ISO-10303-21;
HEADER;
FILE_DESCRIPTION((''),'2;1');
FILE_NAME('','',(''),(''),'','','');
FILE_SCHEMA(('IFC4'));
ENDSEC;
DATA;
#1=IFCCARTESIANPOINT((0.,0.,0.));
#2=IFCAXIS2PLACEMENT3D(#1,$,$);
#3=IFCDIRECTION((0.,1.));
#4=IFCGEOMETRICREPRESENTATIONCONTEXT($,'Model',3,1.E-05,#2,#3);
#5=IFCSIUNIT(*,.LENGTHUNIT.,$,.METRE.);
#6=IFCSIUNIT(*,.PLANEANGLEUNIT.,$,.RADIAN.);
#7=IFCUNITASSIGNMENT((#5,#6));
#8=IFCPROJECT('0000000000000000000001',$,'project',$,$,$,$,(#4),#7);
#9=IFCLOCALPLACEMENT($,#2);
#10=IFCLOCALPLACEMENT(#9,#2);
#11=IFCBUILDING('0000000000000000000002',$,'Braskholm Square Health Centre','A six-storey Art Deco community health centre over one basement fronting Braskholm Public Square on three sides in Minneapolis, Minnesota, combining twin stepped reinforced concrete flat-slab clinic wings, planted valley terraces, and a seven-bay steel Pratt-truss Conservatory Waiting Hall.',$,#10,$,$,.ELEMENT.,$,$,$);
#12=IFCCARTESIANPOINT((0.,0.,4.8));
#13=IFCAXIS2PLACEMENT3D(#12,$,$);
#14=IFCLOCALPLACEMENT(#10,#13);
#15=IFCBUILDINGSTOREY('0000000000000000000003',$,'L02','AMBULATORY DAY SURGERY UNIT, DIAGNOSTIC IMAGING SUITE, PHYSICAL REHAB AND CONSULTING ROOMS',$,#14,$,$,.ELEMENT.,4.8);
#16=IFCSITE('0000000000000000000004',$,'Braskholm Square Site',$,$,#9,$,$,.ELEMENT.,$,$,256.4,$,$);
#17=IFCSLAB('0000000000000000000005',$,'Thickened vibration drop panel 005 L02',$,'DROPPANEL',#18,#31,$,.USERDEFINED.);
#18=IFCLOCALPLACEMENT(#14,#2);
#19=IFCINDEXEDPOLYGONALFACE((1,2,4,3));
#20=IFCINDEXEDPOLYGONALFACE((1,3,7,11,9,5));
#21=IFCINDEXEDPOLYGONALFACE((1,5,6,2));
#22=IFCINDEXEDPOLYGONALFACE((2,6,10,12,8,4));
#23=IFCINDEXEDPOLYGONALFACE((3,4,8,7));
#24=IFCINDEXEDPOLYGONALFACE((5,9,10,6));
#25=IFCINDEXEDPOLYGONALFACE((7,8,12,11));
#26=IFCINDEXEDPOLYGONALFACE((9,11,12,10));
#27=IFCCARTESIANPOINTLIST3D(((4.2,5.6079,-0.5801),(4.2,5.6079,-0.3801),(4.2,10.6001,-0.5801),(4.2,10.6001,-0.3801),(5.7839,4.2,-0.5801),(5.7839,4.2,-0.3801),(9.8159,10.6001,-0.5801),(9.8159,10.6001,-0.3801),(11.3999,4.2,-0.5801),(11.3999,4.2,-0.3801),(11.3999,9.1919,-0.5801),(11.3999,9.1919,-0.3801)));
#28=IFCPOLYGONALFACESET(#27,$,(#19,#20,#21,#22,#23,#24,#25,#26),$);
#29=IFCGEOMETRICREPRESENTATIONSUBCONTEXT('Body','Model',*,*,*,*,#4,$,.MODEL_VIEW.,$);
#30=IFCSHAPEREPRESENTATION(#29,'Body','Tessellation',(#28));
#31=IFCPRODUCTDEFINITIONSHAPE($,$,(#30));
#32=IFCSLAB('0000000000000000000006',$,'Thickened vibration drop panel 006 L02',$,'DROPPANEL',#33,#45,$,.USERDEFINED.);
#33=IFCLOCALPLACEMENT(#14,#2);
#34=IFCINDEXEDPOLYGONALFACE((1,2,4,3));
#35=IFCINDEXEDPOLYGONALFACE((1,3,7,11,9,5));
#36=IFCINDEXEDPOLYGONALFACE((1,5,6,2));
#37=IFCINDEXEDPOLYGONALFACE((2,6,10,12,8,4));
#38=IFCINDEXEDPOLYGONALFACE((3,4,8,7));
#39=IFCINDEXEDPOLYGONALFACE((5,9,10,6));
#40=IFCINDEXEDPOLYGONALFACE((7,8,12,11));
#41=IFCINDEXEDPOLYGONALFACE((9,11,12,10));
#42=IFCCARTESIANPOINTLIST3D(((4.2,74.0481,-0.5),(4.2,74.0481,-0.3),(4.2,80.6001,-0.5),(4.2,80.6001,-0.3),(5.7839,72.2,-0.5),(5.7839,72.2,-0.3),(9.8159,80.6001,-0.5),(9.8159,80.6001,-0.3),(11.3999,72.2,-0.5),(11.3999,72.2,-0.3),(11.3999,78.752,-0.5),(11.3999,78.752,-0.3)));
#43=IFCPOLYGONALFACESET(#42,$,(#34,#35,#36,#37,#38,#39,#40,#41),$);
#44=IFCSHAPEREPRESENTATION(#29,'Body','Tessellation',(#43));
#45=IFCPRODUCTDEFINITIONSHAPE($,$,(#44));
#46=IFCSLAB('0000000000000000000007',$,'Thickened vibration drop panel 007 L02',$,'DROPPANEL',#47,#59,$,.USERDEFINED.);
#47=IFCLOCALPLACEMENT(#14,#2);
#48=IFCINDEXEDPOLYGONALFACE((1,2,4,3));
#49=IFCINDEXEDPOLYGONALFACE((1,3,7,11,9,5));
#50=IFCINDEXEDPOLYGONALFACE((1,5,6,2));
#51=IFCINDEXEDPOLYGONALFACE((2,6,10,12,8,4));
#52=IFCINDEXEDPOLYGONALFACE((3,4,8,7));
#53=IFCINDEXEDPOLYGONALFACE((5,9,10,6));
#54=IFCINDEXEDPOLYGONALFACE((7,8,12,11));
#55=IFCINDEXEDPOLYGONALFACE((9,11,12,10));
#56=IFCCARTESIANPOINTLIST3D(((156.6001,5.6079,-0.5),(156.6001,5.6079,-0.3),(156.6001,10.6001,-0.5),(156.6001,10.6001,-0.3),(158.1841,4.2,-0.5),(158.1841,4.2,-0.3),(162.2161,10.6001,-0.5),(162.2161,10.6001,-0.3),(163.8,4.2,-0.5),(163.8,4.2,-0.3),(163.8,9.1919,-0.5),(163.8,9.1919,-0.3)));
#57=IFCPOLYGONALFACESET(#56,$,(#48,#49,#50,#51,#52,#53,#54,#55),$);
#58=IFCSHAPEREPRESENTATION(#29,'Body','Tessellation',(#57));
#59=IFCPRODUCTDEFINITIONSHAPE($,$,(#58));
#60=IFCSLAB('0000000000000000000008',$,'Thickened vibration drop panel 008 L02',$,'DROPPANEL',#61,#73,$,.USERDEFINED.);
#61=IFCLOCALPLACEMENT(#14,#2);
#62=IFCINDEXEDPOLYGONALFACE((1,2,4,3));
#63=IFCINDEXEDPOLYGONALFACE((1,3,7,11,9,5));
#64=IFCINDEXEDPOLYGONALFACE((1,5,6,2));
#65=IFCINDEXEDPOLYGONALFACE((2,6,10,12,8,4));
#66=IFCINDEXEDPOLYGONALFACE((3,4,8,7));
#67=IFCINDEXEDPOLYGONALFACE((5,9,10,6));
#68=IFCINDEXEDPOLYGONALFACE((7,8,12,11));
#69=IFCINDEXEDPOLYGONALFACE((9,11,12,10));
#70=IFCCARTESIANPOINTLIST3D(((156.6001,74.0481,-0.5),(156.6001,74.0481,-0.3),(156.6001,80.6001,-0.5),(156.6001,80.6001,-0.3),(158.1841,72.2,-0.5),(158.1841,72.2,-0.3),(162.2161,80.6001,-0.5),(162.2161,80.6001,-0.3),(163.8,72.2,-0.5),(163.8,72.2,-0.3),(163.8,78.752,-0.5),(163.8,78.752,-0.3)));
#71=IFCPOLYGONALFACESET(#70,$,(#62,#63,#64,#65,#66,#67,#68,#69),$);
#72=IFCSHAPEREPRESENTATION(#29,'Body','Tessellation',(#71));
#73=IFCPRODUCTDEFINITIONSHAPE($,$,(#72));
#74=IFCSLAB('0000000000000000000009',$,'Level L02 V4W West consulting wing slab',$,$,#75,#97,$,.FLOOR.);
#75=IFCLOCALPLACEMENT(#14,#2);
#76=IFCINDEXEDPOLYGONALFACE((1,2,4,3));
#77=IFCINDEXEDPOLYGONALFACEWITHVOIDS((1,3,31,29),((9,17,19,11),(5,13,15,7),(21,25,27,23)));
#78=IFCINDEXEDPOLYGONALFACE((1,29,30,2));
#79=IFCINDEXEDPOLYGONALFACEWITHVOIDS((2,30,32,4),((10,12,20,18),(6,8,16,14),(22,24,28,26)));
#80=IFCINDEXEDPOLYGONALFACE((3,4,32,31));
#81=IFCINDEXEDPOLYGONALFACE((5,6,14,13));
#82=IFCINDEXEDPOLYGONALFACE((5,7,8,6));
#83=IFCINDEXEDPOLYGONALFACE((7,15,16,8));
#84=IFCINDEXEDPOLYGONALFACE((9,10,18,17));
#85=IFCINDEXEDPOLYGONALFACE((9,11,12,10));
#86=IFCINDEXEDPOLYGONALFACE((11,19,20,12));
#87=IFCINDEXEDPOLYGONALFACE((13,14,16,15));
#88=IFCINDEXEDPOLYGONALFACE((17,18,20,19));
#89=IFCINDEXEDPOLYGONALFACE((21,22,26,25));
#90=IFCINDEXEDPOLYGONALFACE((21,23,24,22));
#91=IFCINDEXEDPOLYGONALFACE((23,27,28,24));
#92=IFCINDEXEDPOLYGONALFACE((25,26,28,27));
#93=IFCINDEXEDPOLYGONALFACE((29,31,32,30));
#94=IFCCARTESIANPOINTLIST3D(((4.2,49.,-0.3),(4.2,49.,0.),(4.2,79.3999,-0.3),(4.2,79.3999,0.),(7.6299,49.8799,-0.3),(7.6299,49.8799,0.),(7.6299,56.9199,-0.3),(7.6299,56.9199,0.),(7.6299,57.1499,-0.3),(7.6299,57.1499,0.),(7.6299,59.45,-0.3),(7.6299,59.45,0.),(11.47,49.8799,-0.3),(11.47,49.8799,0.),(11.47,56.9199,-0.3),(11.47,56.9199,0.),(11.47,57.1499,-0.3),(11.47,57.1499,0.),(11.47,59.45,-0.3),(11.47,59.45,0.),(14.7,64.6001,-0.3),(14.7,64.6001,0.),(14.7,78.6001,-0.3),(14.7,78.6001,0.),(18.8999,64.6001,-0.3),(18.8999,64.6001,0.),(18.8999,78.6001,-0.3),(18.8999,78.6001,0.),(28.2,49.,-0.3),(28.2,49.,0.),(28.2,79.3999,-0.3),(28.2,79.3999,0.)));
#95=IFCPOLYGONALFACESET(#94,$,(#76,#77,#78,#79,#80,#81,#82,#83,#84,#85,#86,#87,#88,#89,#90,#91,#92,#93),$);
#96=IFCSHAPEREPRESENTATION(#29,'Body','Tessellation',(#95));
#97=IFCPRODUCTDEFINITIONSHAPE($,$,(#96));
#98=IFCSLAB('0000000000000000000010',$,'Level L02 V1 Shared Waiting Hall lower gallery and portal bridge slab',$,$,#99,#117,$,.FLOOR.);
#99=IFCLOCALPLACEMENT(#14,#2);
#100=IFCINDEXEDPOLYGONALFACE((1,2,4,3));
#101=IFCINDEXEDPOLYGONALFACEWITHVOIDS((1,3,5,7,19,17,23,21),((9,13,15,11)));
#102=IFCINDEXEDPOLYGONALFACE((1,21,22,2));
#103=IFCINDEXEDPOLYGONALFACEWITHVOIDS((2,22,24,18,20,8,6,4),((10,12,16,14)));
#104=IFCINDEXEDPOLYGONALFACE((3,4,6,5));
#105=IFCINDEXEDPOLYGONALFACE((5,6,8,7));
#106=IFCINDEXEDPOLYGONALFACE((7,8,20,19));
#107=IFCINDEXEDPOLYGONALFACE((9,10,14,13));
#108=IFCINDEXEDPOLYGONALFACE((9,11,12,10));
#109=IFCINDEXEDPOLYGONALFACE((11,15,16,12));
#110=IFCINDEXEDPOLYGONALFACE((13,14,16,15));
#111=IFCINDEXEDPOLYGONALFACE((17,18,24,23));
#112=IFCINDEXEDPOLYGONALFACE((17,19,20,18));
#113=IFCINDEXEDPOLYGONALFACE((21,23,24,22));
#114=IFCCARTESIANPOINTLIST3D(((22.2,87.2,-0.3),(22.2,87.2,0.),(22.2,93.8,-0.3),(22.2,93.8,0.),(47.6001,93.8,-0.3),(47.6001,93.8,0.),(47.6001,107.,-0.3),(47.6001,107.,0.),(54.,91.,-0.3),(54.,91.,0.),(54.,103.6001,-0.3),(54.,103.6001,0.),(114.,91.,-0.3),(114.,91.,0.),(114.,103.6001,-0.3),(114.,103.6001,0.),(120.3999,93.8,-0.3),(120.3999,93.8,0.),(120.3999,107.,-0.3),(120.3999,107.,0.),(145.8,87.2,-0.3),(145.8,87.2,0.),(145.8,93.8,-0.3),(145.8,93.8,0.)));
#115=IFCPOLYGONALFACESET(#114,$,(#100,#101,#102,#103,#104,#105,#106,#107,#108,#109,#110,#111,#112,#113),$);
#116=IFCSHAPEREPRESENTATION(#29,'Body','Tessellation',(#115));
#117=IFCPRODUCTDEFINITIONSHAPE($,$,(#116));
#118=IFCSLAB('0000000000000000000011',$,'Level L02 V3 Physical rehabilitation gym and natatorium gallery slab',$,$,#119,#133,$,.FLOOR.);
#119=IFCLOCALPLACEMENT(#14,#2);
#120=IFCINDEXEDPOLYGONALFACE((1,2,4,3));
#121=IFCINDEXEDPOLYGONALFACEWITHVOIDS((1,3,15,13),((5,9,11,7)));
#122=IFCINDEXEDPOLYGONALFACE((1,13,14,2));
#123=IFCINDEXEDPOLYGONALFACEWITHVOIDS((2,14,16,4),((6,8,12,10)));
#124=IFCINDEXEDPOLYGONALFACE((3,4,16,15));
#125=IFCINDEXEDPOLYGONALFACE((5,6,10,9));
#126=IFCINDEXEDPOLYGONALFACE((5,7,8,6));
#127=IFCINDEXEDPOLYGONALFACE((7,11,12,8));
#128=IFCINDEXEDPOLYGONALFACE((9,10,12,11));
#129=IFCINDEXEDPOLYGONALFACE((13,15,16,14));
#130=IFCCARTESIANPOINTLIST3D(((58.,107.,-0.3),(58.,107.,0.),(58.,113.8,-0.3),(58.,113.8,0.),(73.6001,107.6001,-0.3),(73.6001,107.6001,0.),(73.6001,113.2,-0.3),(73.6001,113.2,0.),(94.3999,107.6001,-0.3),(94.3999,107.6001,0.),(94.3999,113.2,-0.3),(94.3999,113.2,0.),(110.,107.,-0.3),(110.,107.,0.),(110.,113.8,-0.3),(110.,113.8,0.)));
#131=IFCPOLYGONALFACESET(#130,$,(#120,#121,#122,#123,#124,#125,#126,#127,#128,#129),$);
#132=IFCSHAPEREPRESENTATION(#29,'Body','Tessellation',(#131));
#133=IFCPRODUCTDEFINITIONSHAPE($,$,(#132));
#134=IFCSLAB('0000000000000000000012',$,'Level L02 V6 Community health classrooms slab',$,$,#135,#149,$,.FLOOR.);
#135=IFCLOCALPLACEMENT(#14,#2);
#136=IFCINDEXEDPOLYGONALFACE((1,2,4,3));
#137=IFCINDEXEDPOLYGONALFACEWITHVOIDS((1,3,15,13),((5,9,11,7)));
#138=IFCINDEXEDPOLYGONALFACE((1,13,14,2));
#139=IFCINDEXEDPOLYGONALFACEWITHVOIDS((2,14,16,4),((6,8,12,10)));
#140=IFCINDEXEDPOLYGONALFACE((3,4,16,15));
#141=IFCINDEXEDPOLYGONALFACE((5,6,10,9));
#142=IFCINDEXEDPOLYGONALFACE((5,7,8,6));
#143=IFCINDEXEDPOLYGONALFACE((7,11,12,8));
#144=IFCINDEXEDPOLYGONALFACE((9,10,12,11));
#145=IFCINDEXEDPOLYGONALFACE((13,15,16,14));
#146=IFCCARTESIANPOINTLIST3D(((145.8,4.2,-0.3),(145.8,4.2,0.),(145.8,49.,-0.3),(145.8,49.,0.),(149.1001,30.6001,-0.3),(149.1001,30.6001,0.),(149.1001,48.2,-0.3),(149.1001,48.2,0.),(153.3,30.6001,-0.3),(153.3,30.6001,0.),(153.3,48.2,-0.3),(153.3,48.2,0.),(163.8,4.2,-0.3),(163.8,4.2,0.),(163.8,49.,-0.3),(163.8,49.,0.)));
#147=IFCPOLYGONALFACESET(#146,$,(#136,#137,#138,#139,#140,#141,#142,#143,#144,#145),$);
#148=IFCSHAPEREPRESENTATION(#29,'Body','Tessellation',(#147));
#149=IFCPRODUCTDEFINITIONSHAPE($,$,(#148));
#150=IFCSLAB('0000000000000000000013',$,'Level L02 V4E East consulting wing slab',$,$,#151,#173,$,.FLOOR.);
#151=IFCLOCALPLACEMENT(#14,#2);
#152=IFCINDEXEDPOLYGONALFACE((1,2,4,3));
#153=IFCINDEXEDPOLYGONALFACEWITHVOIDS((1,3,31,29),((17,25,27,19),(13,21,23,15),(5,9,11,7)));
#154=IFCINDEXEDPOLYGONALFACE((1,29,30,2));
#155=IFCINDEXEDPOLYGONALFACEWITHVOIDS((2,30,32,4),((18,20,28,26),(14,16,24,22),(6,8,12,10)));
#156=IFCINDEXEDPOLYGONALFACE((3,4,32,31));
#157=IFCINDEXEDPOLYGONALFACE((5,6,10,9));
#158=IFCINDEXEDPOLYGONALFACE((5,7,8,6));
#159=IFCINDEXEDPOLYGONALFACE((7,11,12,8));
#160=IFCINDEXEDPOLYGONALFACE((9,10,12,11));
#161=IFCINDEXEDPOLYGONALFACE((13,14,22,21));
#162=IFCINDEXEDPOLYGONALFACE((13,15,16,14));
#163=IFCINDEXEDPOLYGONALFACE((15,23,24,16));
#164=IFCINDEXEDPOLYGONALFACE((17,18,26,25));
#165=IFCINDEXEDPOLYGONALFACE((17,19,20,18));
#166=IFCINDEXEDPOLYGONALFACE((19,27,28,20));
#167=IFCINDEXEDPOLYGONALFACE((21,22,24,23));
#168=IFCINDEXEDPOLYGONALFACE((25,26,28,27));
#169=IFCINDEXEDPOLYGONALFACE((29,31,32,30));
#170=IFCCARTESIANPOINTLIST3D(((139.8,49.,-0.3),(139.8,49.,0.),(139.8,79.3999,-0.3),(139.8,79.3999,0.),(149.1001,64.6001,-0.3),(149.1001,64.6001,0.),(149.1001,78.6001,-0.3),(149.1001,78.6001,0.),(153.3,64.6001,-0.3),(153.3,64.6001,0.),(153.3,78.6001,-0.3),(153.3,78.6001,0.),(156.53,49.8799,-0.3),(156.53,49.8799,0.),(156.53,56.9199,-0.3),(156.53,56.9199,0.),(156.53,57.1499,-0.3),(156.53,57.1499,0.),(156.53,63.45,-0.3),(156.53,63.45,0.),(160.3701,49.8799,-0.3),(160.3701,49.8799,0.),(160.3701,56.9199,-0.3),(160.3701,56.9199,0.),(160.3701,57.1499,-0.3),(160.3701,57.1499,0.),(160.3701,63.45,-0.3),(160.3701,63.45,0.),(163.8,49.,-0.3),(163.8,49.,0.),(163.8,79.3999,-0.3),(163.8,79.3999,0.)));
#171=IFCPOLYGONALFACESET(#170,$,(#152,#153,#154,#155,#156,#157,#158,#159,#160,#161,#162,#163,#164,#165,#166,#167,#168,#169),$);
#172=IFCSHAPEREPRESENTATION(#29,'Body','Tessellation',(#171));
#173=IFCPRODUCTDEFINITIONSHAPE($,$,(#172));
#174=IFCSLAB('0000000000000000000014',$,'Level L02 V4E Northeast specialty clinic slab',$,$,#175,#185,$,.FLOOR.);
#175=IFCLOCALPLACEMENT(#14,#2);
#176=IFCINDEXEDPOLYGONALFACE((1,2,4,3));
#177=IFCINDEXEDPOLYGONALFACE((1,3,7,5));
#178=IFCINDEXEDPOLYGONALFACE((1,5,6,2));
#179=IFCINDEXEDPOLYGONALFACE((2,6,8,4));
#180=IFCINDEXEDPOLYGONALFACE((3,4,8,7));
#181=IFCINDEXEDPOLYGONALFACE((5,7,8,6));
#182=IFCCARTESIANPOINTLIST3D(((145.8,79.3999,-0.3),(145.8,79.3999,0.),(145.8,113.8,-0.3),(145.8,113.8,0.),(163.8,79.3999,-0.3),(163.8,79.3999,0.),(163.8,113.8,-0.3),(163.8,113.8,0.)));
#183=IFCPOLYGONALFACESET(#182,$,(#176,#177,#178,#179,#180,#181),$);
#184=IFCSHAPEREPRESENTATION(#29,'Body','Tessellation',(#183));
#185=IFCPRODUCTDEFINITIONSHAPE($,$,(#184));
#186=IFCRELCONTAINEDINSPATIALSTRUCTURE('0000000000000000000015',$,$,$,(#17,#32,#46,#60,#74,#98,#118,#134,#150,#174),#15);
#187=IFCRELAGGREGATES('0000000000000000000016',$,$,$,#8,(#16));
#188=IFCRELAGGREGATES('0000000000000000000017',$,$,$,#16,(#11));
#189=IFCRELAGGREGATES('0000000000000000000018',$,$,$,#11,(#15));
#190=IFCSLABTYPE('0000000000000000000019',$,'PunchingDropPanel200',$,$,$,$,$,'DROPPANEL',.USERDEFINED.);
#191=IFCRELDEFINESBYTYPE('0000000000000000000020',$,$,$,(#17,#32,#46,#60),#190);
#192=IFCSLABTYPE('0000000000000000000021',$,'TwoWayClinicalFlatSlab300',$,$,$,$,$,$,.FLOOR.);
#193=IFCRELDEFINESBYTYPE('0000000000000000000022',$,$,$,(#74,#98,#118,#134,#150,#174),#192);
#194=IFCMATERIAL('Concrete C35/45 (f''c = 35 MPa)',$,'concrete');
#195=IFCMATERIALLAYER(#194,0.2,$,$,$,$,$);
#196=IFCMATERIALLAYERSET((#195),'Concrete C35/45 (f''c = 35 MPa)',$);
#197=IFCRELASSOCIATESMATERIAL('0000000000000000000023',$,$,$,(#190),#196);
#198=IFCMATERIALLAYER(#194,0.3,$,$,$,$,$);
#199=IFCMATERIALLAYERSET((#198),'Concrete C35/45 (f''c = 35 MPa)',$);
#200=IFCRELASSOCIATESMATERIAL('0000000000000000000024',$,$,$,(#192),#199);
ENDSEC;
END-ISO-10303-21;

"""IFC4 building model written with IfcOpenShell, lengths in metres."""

from ifc_helpers import new_model, si_unit, direction, frame, origin, place, context, subcontext, project, spatial, polyline, outline, extrude, material, layer, layer_set, type_object, element, save


model = new_model("IFC4")

# Units and contexts
model_context = context("Model", 3, precision=1e-05, world=origin(), true_north=direction((0.0, 1.0)))
body_context = subcontext(model_context, "Body", "Model", "MODEL_VIEW")
ifc_project = project(units=[si_unit("LENGTHUNIT", "METRE"), si_unit("PLANEANGLEUNIT", "RADIAN")], contexts=[model_context])

# Site, building, storey
site_placement = place(None, origin())
site = spatial("IfcSite", under=ifc_project, at=site_placement, Name="Braskholm Square Site", CompositionType="ELEMENT", RefElevation=256.4)
building_placement = place(site_placement, origin())
building = spatial("IfcBuilding", under=site, at=building_placement, Name="Braskholm Square Health Centre", Description="A six-storey Art Deco community health centre over one basement fronting Braskholm Public Square on three sides in Minneapolis, Minnesota, combining twin stepped reinforced concrete flat-slab clinic wings, planted valley terraces, and a seven-bay steel Pratt-truss Conservatory Waiting Hall.", CompositionType="ELEMENT")
storey_placement = place(building_placement, frame((0.0, 0.0, 4.8)))
storey = spatial("IfcBuildingStorey", under=building, at=storey_placement, Name="L02", Description="AMBULATORY DAY SURGERY UNIT, DIAGNOSTIC IMAGING SUITE, PHYSICAL REHAB AND CONSULTING ROOMS", CompositionType="ELEMENT", Elevation=4.8)

# Slabs
ifc_material_1 = material(Name="Concrete C35/45 (f'c = 35 MPa)", Category="concrete")
ifc_layer_1 = layer(ifc_material_1, 0.2)
ifc_layer_set_1 = layer_set([ifc_layer_1], Name="Concrete C35/45 (f'c = 35 MPa)")
slab_type_1 = type_object("IfcSlabType", Name="PunchingDropPanel200", ElementType="DROPPANEL", PredefinedType="USERDEFINED", material=ifc_layer_set_1)
slab_1_placement = place(storey_placement, frame((0.0, 0.0, -0.5801)))
element("IfcSlab", 1, at=slab_1_placement, inside=storey, type_object=slab_type_1, Name="Thickened vibration drop panel 005 L02", ObjectType="DROPPANEL", PredefinedType="USERDEFINED", context=body_context, shape_type="SweptSolid", body=[
    extrude(outline(polyline([(5.7839, 4.2), (11.3999, 4.2), (11.3999, 9.1919), (9.8159, 10.6001), (4.2, 10.6001), (4.2, 5.6079), (5.7839, 4.2)])), origin(), (0.0, 0.0, 1.0), 0.2),
])
slab_2_placement = place(storey_placement, frame((0.0, 0.0, -0.5)))
element("IfcSlab", 2, at=slab_2_placement, inside=storey, type_object=slab_type_1, Name="Thickened vibration drop panel 006 L02", ObjectType="DROPPANEL", PredefinedType="USERDEFINED", context=body_context, shape_type="SweptSolid", body=[
    extrude(outline(polyline([(5.7839, 72.2), (11.3999, 72.2), (11.3999, 78.752), (9.8159, 80.6001), (4.2, 80.6001), (4.2, 74.0481), (5.7839, 72.2)])), origin(), (0.0, 0.0, 1.0), 0.2),
])
slab_3_placement = place(storey_placement, frame((0.0, 0.0, -0.5)))
element("IfcSlab", 3, at=slab_3_placement, inside=storey, type_object=slab_type_1, Name="Thickened vibration drop panel 007 L02", ObjectType="DROPPANEL", PredefinedType="USERDEFINED", context=body_context, shape_type="SweptSolid", body=[
    extrude(outline(polyline([(158.1841, 4.2), (163.8, 4.2), (163.8, 9.1919), (162.2161, 10.6001), (156.6001, 10.6001), (156.6001, 5.6079), (158.1841, 4.2)])), origin(), (0.0, 0.0, 1.0), 0.2),
])
slab_4_placement = place(storey_placement, frame((0.0, 0.0, -0.5)))
element("IfcSlab", 4, at=slab_4_placement, inside=storey, type_object=slab_type_1, Name="Thickened vibration drop panel 008 L02", ObjectType="DROPPANEL", PredefinedType="USERDEFINED", context=body_context, shape_type="SweptSolid", body=[
    extrude(outline(polyline([(158.1841, 72.2), (163.8, 72.2), (163.8, 78.752), (162.2161, 80.6001), (156.6001, 80.6001), (156.6001, 74.0481), (158.1841, 72.2)])), origin(), (0.0, 0.0, 1.0), 0.2),
])
ifc_layer_2 = layer(ifc_material_1, 0.3)
ifc_layer_set_2 = layer_set([ifc_layer_2], Name="Concrete C35/45 (f'c = 35 MPa)")
slab_type_2 = type_object("IfcSlabType", Name="TwoWayClinicalFlatSlab300", PredefinedType="FLOOR", material=ifc_layer_set_2)
slab_5_placement = place(storey_placement, frame((0.0, 0.0, -0.3)))
element("IfcSlab", 5, at=slab_5_placement, inside=storey, type_object=slab_type_2, Name="Level L02 V4W West consulting wing slab", PredefinedType="FLOOR", context=body_context, shape_type="SweptSolid", body=[
    extrude(outline(polyline([(4.2, 49.0), (28.2, 49.0), (28.2, 79.3999), (4.2, 79.3999), (4.2, 49.0)]), holes=[polyline([(7.6299, 49.8799), (11.47, 49.8799), (11.47, 56.9199), (7.6299, 56.9199), (7.6299, 49.8799)]), polyline([(7.6299, 57.1499), (11.47, 57.1499), (11.47, 59.45), (7.6299, 59.45), (7.6299, 57.1499)]), polyline([(14.7, 64.6001), (18.8999, 64.6001), (18.8999, 78.6001), (14.7, 78.6001), (14.7, 64.6001)])]), origin(), (0.0, 0.0, 1.0), 0.3),
])
slab_6_placement = place(storey_placement, frame((0.0, 0.0, -0.3)))
element("IfcSlab", 6, at=slab_6_placement, inside=storey, type_object=slab_type_2, Name="Level L02 V1 Shared Waiting Hall lower gallery and portal bridge slab", PredefinedType="FLOOR", context=body_context, shape_type="SweptSolid", body=[
    extrude(outline(polyline([(22.2, 87.2), (145.8, 87.2), (145.8, 93.8), (120.3999, 93.8), (120.3999, 107.0), (47.6001, 107.0), (47.6001, 93.8), (22.2, 93.8), (22.2, 87.2)]), holes=[polyline([(54.0, 91.0), (114.0, 91.0), (114.0, 103.6001), (54.0, 103.6001), (54.0, 91.0)])]), origin(), (0.0, 0.0, 1.0), 0.3),
])
slab_7_placement = place(storey_placement, frame((0.0, 0.0, -0.3)))
element("IfcSlab", 7, at=slab_7_placement, inside=storey, type_object=slab_type_2, Name="Level L02 V3 Physical rehabilitation gym and natatorium gallery slab", PredefinedType="FLOOR", context=body_context, shape_type="SweptSolid", body=[
    extrude(outline(polyline([(58.0, 107.0), (110.0, 107.0), (110.0, 113.8), (58.0, 113.8), (58.0, 107.0)]), holes=[polyline([(73.6001, 107.6001), (94.3999, 107.6001), (94.3999, 113.2), (73.6001, 113.2), (73.6001, 107.6001)])]), origin(), (0.0, 0.0, 1.0), 0.3),
])
slab_8_placement = place(storey_placement, frame((0.0, 0.0, -0.3)))
element("IfcSlab", 8, at=slab_8_placement, inside=storey, type_object=slab_type_2, Name="Level L02 V6 Community health classrooms slab", PredefinedType="FLOOR", context=body_context, shape_type="SweptSolid", body=[
    extrude(outline(polyline([(145.8, 4.2), (163.8, 4.2), (163.8, 49.0), (145.8, 49.0), (145.8, 4.2)]), holes=[polyline([(149.1001, 30.6001), (153.3, 30.6001), (153.3, 48.2), (149.1001, 48.2), (149.1001, 30.6001)])]), origin(), (0.0, 0.0, 1.0), 0.3),
])
slab_9_placement = place(storey_placement, frame((0.0, 0.0, -0.3)))
element("IfcSlab", 9, at=slab_9_placement, inside=storey, type_object=slab_type_2, Name="Level L02 V4E East consulting wing slab", PredefinedType="FLOOR", context=body_context, shape_type="SweptSolid", body=[
    extrude(outline(polyline([(139.8, 49.0), (163.8, 49.0), (163.8, 79.3999), (139.8, 79.3999), (139.8, 49.0)]), holes=[polyline([(156.53, 49.8799), (160.3701, 49.8799), (160.3701, 56.9199), (156.53, 56.9199), (156.53, 49.8799)]), polyline([(156.53, 57.1499), (160.3701, 57.1499), (160.3701, 63.45), (156.53, 63.45), (156.53, 57.1499)]), polyline([(149.1001, 64.6001), (153.3, 64.6001), (153.3, 78.6001), (149.1001, 78.6001), (149.1001, 64.6001)])]), origin(), (0.0, 0.0, 1.0), 0.3),
])
slab_10_placement = place(storey_placement, frame((0.0, 0.0, -0.3)))
element("IfcSlab", 10, at=slab_10_placement, inside=storey, type_object=slab_type_2, Name="Level L02 V4E Northeast specialty clinic slab", PredefinedType="FLOOR", context=body_context, shape_type="SweptSolid", body=[
    extrude(outline(polyline([(145.8, 79.3999), (163.8, 79.3999), (163.8, 113.8), (145.8, 113.8), (145.8, 79.3999)])), origin(), (0.0, 0.0, 1.0), 0.3),
])

save(model, "model.ifc")
